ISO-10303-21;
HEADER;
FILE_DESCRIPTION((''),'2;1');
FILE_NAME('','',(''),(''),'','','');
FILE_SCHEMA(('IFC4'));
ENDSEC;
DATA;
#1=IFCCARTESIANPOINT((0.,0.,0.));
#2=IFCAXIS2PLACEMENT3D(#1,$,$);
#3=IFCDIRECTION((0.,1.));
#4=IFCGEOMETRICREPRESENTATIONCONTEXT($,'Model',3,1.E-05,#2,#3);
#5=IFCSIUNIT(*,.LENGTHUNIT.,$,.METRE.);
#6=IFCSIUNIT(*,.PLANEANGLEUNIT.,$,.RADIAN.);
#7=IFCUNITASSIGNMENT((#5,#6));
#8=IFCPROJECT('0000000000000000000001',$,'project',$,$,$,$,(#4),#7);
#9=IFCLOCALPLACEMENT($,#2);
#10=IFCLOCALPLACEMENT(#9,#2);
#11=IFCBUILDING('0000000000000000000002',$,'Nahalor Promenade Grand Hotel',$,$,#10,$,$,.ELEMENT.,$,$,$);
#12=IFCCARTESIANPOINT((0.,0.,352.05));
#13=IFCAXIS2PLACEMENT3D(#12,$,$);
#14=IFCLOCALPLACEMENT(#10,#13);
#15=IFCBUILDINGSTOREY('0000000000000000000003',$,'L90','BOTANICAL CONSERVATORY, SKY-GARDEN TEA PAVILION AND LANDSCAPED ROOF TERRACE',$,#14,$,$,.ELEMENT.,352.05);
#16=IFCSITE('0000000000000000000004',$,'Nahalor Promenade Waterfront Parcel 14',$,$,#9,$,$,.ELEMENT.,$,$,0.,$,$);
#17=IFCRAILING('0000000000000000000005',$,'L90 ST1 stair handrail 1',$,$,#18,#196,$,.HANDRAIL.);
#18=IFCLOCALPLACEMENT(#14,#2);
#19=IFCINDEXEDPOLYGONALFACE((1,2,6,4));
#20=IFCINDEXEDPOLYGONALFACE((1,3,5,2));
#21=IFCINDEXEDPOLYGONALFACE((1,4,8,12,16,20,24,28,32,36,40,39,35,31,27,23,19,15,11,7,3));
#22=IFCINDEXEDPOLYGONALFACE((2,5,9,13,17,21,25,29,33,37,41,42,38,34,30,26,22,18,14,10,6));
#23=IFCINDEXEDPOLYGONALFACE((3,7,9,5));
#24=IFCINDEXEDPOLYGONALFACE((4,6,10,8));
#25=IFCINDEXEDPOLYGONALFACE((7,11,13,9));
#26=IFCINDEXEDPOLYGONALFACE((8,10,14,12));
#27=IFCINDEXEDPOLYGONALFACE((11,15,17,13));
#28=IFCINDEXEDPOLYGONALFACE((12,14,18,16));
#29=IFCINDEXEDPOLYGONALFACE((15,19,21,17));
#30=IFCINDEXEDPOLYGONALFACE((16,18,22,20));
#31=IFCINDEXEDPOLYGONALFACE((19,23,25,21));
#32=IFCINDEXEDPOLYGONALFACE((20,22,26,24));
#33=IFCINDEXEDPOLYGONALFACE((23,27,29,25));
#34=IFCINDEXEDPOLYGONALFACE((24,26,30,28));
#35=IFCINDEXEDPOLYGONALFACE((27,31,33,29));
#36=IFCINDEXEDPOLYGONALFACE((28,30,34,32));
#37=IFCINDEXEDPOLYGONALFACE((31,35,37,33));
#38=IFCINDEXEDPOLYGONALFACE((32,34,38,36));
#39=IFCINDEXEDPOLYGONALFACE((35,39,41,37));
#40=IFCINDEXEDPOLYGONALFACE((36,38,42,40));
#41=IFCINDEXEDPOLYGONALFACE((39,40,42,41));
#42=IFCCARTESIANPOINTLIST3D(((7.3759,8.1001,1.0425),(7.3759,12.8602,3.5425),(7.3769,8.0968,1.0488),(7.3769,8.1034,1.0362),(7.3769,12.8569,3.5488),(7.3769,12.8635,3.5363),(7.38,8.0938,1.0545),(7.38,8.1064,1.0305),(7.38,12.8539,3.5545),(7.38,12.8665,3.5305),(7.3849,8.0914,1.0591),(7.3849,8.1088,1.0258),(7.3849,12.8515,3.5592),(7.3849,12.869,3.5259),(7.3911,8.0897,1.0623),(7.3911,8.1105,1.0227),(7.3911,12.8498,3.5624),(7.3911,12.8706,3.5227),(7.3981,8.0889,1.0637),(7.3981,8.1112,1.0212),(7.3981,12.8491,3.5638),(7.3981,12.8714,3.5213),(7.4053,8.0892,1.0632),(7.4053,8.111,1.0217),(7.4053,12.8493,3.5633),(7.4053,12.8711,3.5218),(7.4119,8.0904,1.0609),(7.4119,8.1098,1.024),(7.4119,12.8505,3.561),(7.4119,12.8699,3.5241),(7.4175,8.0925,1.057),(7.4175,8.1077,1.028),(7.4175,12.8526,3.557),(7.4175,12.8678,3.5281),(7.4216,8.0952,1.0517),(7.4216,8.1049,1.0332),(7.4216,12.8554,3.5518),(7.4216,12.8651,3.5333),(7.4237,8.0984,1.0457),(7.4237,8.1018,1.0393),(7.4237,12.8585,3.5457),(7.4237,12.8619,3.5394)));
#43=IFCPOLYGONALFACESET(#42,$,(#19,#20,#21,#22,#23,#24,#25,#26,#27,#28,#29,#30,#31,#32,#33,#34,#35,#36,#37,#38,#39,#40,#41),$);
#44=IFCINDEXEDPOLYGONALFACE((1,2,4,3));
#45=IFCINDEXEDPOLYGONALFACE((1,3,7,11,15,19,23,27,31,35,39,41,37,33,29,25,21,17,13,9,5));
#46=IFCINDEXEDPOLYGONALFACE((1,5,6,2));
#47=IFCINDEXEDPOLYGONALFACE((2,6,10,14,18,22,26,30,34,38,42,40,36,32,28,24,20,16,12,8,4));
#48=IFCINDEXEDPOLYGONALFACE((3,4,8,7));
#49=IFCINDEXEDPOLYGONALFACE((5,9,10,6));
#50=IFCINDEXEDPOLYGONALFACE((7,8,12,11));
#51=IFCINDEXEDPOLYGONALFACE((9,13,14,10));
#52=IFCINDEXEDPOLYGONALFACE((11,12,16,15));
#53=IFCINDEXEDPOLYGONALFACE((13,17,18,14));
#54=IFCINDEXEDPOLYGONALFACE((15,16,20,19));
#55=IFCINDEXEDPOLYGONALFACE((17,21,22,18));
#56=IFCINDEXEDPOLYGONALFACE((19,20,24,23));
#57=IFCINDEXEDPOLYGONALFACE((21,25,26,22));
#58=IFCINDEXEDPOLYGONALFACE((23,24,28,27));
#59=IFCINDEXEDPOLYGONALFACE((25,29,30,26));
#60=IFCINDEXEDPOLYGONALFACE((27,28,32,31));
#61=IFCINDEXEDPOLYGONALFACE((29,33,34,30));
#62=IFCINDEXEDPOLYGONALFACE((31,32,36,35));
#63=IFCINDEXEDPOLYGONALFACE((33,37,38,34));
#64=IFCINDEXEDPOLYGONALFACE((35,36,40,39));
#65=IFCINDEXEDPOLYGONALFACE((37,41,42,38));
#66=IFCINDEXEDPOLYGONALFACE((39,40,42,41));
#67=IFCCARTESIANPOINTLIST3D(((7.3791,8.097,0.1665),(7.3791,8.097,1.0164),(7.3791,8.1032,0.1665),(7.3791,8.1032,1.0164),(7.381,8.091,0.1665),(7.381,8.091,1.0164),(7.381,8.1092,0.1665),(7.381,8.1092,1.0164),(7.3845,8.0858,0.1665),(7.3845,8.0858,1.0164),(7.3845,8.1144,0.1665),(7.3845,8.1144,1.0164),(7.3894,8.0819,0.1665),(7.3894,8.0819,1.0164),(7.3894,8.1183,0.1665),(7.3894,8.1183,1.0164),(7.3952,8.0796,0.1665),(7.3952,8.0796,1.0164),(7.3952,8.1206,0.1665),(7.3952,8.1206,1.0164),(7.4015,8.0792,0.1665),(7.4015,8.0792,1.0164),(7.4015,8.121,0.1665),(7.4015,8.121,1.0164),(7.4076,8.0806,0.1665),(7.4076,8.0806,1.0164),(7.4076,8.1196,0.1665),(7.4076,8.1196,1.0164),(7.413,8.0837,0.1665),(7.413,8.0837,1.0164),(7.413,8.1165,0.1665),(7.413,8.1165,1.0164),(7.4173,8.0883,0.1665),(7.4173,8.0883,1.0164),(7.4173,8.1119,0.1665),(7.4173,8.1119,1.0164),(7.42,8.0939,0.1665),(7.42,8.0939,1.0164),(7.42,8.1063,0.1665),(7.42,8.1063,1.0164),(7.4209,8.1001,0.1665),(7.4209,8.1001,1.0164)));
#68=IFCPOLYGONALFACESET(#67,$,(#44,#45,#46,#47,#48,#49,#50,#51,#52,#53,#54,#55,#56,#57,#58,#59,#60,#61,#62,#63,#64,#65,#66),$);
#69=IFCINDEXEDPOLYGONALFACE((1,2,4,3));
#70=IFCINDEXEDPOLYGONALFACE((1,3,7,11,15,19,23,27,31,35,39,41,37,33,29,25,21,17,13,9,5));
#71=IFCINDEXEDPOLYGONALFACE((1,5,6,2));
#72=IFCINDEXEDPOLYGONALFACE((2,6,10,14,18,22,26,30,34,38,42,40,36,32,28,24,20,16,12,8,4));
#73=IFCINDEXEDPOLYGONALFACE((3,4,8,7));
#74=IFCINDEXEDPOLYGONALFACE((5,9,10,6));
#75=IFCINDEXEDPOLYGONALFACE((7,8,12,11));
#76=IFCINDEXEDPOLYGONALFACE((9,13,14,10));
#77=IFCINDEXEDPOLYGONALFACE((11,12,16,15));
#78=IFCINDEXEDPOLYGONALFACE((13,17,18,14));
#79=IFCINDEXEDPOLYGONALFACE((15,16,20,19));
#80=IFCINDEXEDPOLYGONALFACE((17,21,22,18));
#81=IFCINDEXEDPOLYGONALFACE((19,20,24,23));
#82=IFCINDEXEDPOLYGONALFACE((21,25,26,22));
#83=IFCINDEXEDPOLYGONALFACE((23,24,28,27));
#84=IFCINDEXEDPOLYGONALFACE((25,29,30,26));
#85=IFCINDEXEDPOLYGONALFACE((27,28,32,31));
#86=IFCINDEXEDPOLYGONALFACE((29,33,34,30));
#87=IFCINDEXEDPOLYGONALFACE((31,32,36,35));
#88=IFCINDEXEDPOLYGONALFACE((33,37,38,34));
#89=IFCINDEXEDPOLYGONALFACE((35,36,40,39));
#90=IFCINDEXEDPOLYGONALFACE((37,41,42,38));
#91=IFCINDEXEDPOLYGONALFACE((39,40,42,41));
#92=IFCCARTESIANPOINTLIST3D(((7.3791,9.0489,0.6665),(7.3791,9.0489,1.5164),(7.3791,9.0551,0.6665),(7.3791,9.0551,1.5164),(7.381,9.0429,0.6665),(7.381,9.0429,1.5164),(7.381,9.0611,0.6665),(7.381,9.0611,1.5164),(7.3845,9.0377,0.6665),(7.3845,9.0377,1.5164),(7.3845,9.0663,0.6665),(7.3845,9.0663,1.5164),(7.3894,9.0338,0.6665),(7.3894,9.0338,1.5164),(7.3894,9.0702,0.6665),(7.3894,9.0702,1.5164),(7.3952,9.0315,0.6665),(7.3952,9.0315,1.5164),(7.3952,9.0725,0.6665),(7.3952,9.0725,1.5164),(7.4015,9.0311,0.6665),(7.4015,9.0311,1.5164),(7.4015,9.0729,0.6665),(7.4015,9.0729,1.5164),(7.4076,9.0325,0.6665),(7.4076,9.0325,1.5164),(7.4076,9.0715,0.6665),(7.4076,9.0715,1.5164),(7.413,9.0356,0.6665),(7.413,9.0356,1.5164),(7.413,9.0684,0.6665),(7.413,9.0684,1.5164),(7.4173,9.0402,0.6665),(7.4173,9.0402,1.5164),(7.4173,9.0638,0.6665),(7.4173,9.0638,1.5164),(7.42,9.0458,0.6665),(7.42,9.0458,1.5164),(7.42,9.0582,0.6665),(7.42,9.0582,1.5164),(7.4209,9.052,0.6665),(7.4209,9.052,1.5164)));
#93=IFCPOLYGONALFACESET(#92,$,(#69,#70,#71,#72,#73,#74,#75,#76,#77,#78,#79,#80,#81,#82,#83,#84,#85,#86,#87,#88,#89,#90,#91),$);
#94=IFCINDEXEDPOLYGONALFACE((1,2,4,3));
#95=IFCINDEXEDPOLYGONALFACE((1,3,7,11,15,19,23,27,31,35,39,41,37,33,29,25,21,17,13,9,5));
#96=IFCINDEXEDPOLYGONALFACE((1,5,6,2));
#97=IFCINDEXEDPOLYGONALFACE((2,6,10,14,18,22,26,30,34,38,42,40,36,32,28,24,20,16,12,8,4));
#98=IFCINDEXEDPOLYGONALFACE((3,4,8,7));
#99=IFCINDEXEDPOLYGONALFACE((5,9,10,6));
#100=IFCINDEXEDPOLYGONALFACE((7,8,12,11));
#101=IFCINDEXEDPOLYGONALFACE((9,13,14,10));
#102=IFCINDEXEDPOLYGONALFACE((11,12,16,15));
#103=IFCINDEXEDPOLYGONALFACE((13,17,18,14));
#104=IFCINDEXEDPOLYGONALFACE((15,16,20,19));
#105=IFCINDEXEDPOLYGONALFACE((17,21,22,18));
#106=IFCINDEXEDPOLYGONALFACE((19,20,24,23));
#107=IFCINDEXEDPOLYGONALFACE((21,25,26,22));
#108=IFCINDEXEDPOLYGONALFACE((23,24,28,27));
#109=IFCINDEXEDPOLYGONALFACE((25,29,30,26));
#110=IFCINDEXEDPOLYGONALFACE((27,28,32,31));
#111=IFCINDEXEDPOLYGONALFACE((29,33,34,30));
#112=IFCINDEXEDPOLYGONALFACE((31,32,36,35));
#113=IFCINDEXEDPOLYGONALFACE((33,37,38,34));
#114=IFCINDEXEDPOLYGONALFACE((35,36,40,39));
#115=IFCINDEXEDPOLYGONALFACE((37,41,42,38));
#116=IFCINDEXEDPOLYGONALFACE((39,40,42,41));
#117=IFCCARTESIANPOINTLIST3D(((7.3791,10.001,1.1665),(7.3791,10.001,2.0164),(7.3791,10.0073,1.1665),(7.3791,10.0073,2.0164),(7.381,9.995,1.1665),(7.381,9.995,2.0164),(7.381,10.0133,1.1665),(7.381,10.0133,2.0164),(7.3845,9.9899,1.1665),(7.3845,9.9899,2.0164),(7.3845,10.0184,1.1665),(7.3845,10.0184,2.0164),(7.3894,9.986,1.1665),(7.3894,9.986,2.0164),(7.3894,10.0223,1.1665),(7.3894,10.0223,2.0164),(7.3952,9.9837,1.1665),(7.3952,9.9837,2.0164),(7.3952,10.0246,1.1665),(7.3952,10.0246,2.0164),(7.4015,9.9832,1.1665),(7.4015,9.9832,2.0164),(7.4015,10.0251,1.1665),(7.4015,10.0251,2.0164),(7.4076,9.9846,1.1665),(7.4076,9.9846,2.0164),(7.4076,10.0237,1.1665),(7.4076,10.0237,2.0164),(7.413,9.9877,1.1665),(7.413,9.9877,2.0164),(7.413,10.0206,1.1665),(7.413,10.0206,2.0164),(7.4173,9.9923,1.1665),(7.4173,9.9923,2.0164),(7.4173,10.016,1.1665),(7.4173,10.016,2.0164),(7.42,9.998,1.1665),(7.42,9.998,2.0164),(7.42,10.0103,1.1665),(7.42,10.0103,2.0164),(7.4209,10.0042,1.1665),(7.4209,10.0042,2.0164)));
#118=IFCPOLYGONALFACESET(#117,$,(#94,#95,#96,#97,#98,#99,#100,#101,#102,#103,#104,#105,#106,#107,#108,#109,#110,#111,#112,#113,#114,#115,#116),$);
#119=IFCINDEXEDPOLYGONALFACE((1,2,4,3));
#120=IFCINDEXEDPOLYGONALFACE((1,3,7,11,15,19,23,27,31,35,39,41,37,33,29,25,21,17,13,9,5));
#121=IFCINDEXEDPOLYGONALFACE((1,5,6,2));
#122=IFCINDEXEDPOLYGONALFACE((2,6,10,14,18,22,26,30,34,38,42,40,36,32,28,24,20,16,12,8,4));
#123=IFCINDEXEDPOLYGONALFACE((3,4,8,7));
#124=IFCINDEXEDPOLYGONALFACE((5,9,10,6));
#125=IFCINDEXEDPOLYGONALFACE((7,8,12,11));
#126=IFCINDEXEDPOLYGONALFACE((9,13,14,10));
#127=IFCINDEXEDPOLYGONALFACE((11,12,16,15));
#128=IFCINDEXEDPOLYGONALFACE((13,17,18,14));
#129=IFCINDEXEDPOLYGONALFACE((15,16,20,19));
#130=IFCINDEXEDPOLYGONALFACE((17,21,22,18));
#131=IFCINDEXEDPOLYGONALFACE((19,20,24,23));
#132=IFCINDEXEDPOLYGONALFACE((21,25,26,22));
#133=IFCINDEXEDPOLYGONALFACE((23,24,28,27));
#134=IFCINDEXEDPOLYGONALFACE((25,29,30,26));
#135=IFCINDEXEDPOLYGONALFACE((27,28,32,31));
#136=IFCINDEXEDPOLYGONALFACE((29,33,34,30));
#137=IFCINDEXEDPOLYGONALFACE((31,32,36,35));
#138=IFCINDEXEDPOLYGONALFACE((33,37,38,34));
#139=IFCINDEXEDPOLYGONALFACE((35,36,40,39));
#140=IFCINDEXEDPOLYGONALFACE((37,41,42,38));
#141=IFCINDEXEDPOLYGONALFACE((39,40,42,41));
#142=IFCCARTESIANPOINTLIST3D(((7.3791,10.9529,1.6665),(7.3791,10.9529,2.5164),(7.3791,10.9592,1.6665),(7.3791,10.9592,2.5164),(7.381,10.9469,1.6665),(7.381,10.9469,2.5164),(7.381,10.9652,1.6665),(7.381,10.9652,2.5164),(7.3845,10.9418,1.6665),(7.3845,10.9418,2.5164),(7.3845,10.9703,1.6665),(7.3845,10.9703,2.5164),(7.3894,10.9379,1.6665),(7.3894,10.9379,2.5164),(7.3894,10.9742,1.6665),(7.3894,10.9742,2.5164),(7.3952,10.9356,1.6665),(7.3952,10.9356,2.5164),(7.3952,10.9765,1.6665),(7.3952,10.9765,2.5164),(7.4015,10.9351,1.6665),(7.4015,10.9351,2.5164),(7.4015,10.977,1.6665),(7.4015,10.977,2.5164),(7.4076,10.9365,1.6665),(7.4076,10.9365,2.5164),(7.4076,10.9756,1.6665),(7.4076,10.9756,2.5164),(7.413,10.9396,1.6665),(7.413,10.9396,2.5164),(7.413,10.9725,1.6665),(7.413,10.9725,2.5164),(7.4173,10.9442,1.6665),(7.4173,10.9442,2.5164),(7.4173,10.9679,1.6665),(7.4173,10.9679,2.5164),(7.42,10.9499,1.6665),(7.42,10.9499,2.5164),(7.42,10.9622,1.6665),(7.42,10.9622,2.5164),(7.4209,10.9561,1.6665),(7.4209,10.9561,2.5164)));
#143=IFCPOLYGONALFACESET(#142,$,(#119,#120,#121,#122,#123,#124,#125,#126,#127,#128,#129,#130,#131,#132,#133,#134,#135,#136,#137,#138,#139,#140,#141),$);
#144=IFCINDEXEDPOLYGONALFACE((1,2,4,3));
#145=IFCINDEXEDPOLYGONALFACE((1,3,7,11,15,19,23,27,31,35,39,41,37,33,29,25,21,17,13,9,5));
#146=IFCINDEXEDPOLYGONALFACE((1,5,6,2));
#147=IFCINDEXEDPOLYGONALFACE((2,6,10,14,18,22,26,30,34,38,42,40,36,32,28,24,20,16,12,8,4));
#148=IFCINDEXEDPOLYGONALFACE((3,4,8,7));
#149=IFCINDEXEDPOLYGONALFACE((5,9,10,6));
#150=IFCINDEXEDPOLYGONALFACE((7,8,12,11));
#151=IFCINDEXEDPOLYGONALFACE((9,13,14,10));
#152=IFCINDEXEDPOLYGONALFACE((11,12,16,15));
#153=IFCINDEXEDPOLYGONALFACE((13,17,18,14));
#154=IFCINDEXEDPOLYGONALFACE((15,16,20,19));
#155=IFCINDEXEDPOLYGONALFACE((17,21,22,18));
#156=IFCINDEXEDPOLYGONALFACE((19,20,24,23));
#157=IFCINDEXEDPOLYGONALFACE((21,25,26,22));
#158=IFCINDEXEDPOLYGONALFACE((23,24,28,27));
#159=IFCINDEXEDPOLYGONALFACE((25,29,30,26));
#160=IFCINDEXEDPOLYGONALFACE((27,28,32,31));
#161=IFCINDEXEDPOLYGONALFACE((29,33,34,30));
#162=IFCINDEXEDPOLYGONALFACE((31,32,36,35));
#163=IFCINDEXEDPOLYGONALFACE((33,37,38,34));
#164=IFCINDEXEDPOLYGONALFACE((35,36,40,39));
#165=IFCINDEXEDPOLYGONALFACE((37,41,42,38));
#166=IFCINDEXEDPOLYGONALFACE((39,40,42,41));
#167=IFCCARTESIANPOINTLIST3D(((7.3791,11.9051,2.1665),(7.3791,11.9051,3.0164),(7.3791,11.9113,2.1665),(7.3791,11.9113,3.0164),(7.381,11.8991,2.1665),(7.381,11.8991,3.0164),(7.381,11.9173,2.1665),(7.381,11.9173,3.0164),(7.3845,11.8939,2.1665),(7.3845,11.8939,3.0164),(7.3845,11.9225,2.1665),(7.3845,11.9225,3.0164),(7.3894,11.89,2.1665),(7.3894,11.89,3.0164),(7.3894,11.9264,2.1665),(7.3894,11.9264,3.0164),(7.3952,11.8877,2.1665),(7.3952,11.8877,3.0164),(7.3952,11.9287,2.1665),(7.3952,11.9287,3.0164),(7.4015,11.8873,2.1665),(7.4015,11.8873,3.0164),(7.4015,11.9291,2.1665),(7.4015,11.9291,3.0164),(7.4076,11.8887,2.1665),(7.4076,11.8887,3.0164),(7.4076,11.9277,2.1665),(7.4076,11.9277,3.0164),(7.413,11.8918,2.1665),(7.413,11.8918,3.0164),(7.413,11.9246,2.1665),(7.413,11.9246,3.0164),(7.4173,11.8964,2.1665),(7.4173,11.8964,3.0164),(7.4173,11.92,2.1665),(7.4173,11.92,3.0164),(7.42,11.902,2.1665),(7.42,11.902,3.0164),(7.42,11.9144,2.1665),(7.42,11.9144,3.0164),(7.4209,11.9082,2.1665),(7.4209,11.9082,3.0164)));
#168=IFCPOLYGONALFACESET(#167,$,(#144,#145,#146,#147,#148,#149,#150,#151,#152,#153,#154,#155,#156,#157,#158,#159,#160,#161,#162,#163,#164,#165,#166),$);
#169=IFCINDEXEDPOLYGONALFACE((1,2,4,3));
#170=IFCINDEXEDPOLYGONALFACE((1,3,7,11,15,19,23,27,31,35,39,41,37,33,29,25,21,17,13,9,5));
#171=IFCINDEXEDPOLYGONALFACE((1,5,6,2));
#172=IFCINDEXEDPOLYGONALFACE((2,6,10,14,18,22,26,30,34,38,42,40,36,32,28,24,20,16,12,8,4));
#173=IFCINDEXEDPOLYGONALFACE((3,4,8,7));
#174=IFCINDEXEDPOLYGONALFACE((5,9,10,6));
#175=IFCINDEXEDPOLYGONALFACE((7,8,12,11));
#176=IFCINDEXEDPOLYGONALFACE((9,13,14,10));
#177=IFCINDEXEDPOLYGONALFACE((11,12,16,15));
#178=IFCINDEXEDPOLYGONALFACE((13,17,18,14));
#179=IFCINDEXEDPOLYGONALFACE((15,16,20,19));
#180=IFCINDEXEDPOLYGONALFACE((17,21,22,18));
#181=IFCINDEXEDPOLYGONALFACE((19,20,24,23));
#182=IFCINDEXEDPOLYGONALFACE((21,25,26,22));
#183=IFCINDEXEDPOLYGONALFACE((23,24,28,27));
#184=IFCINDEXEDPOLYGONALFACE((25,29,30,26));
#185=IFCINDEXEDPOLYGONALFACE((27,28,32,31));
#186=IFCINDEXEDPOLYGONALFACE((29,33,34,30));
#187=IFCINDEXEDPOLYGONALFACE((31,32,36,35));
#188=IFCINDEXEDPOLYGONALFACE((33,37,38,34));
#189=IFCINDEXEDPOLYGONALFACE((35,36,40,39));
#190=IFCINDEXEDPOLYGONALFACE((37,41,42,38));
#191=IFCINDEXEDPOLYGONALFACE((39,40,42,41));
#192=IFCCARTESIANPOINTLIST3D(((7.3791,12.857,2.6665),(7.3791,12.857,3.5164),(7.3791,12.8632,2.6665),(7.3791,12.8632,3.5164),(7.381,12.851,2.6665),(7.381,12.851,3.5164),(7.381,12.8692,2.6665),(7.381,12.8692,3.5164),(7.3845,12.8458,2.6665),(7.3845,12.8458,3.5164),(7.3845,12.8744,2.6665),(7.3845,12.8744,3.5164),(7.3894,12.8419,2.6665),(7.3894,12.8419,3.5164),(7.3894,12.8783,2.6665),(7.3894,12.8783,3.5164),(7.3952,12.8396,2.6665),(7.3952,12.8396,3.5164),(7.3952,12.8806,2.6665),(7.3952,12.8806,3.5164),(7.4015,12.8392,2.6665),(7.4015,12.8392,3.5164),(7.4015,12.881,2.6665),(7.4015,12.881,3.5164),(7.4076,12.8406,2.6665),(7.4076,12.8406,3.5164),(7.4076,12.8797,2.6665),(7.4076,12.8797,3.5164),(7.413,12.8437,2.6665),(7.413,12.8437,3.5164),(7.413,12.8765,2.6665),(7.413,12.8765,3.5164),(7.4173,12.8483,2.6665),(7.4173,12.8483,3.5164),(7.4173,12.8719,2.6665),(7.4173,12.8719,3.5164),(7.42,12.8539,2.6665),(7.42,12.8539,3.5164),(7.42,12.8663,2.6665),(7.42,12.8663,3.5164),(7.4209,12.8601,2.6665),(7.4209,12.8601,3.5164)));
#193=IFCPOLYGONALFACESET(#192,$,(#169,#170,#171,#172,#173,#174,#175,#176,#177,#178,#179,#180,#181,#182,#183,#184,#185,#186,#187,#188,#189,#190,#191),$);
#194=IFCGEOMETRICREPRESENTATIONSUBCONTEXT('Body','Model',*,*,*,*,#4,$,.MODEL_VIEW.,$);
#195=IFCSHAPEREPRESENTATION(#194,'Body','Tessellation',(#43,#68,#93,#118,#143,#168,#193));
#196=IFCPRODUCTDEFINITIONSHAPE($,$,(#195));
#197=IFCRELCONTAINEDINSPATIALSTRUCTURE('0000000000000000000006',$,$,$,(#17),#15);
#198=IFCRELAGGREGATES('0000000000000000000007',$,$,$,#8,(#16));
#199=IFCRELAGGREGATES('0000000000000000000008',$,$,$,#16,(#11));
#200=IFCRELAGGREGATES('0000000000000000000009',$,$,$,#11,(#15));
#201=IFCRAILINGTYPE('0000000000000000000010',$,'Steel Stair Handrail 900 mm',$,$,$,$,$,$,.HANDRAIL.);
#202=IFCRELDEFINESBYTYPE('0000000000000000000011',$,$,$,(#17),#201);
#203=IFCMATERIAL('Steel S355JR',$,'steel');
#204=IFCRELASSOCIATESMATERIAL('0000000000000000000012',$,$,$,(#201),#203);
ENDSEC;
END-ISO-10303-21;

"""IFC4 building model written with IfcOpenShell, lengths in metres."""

from ifc_helpers import new_model, si_unit, direction, frame, origin, origin_2d, place, context, subcontext, project, spatial, circle, extrude, material, type_object, element, save


model = new_model("IFC4")

# Units and contexts
model_context = context("Model", 3, precision=1e-05, world=origin(), true_north=direction((0.0, 1.0)))
body_context = subcontext(model_context, "Body", "Model", "MODEL_VIEW")
ifc_project = project(units=[si_unit("LENGTHUNIT", "METRE"), si_unit("PLANEANGLEUNIT", "RADIAN")], contexts=[model_context])

# Site, building, storey
site_placement = place(None, origin())
site = spatial("IfcSite", under=ifc_project, at=site_placement, Name="Nahalor Promenade Waterfront Parcel 14", CompositionType="ELEMENT", RefElevation=0.0)
building_placement = place(site_placement, origin())
building = spatial("IfcBuilding", under=site, at=building_placement, Name="Nahalor Promenade Grand Hotel", CompositionType="ELEMENT")
storey_placement = place(building_placement, frame((0.0, 0.0, 352.05)))
storey = spatial("IfcBuildingStorey", under=building, at=storey_placement, Name="L90", Description="BOTANICAL CONSERVATORY, SKY-GARDEN TEA PAVILION AND LANDSCAPED ROOF TERRACE", CompositionType="ELEMENT", Elevation=352.05)

# Shared definitions
ifc_material_1 = material(Name="Steel S355JR", Category="steel")

# Railing
railing_type_1 = type_object("IfcRailingType", Name="Steel Stair Handrail 900 mm", PredefinedType="HANDRAIL", material=ifc_material_1)
railing_1_placement = place(storey_placement, frame((7.3999, 8.1001, 0.1665)))
element("IfcRailing", 1, at=railing_1_placement, inside=storey, type_object=railing_type_1, Name="L90 ST1 stair handrail 1", PredefinedType="HANDRAIL", context=body_context, shape_type="SweptSolid", body=[
    extrude(circle(Radius=0.024, at=origin_2d()), frame((0.0, 0.0, 0.876), z_axis=(0.0, 0.885322, 0.464979), x_axis=(-1.0, 0.0, 0.0)), (0.0, 0.0, 1.0), 5.3767),
    extrude(circle(Radius=0.021, at=origin_2d()), origin(), (0.0, 0.0, 1.0), 0.8499),
    extrude(circle(Radius=0.021, at=origin_2d()), frame((0.0, 0.9519, 0.5)), (0.0, 0.0, 1.0), 0.8499),
    extrude(circle(Radius=0.021, at=origin_2d()), frame((0.0, 1.9041, 1.0)), (0.0, 0.0, 1.0), 0.8499),
    extrude(circle(Radius=0.021, at=origin_2d()), frame((0.0, 2.856, 1.5)), (0.0, 0.0, 1.0), 0.8499),
    extrude(circle(Radius=0.021, at=origin_2d()), frame((0.0, 3.8081, 2.0)), (0.0, 0.0, 1.0), 0.8499),
    extrude(circle(Radius=0.021, at=origin_2d()), frame((0.0, 4.76, 2.5)), (0.0, 0.0, 1.0), 0.8499),
])

save(model, "model.ifc")
